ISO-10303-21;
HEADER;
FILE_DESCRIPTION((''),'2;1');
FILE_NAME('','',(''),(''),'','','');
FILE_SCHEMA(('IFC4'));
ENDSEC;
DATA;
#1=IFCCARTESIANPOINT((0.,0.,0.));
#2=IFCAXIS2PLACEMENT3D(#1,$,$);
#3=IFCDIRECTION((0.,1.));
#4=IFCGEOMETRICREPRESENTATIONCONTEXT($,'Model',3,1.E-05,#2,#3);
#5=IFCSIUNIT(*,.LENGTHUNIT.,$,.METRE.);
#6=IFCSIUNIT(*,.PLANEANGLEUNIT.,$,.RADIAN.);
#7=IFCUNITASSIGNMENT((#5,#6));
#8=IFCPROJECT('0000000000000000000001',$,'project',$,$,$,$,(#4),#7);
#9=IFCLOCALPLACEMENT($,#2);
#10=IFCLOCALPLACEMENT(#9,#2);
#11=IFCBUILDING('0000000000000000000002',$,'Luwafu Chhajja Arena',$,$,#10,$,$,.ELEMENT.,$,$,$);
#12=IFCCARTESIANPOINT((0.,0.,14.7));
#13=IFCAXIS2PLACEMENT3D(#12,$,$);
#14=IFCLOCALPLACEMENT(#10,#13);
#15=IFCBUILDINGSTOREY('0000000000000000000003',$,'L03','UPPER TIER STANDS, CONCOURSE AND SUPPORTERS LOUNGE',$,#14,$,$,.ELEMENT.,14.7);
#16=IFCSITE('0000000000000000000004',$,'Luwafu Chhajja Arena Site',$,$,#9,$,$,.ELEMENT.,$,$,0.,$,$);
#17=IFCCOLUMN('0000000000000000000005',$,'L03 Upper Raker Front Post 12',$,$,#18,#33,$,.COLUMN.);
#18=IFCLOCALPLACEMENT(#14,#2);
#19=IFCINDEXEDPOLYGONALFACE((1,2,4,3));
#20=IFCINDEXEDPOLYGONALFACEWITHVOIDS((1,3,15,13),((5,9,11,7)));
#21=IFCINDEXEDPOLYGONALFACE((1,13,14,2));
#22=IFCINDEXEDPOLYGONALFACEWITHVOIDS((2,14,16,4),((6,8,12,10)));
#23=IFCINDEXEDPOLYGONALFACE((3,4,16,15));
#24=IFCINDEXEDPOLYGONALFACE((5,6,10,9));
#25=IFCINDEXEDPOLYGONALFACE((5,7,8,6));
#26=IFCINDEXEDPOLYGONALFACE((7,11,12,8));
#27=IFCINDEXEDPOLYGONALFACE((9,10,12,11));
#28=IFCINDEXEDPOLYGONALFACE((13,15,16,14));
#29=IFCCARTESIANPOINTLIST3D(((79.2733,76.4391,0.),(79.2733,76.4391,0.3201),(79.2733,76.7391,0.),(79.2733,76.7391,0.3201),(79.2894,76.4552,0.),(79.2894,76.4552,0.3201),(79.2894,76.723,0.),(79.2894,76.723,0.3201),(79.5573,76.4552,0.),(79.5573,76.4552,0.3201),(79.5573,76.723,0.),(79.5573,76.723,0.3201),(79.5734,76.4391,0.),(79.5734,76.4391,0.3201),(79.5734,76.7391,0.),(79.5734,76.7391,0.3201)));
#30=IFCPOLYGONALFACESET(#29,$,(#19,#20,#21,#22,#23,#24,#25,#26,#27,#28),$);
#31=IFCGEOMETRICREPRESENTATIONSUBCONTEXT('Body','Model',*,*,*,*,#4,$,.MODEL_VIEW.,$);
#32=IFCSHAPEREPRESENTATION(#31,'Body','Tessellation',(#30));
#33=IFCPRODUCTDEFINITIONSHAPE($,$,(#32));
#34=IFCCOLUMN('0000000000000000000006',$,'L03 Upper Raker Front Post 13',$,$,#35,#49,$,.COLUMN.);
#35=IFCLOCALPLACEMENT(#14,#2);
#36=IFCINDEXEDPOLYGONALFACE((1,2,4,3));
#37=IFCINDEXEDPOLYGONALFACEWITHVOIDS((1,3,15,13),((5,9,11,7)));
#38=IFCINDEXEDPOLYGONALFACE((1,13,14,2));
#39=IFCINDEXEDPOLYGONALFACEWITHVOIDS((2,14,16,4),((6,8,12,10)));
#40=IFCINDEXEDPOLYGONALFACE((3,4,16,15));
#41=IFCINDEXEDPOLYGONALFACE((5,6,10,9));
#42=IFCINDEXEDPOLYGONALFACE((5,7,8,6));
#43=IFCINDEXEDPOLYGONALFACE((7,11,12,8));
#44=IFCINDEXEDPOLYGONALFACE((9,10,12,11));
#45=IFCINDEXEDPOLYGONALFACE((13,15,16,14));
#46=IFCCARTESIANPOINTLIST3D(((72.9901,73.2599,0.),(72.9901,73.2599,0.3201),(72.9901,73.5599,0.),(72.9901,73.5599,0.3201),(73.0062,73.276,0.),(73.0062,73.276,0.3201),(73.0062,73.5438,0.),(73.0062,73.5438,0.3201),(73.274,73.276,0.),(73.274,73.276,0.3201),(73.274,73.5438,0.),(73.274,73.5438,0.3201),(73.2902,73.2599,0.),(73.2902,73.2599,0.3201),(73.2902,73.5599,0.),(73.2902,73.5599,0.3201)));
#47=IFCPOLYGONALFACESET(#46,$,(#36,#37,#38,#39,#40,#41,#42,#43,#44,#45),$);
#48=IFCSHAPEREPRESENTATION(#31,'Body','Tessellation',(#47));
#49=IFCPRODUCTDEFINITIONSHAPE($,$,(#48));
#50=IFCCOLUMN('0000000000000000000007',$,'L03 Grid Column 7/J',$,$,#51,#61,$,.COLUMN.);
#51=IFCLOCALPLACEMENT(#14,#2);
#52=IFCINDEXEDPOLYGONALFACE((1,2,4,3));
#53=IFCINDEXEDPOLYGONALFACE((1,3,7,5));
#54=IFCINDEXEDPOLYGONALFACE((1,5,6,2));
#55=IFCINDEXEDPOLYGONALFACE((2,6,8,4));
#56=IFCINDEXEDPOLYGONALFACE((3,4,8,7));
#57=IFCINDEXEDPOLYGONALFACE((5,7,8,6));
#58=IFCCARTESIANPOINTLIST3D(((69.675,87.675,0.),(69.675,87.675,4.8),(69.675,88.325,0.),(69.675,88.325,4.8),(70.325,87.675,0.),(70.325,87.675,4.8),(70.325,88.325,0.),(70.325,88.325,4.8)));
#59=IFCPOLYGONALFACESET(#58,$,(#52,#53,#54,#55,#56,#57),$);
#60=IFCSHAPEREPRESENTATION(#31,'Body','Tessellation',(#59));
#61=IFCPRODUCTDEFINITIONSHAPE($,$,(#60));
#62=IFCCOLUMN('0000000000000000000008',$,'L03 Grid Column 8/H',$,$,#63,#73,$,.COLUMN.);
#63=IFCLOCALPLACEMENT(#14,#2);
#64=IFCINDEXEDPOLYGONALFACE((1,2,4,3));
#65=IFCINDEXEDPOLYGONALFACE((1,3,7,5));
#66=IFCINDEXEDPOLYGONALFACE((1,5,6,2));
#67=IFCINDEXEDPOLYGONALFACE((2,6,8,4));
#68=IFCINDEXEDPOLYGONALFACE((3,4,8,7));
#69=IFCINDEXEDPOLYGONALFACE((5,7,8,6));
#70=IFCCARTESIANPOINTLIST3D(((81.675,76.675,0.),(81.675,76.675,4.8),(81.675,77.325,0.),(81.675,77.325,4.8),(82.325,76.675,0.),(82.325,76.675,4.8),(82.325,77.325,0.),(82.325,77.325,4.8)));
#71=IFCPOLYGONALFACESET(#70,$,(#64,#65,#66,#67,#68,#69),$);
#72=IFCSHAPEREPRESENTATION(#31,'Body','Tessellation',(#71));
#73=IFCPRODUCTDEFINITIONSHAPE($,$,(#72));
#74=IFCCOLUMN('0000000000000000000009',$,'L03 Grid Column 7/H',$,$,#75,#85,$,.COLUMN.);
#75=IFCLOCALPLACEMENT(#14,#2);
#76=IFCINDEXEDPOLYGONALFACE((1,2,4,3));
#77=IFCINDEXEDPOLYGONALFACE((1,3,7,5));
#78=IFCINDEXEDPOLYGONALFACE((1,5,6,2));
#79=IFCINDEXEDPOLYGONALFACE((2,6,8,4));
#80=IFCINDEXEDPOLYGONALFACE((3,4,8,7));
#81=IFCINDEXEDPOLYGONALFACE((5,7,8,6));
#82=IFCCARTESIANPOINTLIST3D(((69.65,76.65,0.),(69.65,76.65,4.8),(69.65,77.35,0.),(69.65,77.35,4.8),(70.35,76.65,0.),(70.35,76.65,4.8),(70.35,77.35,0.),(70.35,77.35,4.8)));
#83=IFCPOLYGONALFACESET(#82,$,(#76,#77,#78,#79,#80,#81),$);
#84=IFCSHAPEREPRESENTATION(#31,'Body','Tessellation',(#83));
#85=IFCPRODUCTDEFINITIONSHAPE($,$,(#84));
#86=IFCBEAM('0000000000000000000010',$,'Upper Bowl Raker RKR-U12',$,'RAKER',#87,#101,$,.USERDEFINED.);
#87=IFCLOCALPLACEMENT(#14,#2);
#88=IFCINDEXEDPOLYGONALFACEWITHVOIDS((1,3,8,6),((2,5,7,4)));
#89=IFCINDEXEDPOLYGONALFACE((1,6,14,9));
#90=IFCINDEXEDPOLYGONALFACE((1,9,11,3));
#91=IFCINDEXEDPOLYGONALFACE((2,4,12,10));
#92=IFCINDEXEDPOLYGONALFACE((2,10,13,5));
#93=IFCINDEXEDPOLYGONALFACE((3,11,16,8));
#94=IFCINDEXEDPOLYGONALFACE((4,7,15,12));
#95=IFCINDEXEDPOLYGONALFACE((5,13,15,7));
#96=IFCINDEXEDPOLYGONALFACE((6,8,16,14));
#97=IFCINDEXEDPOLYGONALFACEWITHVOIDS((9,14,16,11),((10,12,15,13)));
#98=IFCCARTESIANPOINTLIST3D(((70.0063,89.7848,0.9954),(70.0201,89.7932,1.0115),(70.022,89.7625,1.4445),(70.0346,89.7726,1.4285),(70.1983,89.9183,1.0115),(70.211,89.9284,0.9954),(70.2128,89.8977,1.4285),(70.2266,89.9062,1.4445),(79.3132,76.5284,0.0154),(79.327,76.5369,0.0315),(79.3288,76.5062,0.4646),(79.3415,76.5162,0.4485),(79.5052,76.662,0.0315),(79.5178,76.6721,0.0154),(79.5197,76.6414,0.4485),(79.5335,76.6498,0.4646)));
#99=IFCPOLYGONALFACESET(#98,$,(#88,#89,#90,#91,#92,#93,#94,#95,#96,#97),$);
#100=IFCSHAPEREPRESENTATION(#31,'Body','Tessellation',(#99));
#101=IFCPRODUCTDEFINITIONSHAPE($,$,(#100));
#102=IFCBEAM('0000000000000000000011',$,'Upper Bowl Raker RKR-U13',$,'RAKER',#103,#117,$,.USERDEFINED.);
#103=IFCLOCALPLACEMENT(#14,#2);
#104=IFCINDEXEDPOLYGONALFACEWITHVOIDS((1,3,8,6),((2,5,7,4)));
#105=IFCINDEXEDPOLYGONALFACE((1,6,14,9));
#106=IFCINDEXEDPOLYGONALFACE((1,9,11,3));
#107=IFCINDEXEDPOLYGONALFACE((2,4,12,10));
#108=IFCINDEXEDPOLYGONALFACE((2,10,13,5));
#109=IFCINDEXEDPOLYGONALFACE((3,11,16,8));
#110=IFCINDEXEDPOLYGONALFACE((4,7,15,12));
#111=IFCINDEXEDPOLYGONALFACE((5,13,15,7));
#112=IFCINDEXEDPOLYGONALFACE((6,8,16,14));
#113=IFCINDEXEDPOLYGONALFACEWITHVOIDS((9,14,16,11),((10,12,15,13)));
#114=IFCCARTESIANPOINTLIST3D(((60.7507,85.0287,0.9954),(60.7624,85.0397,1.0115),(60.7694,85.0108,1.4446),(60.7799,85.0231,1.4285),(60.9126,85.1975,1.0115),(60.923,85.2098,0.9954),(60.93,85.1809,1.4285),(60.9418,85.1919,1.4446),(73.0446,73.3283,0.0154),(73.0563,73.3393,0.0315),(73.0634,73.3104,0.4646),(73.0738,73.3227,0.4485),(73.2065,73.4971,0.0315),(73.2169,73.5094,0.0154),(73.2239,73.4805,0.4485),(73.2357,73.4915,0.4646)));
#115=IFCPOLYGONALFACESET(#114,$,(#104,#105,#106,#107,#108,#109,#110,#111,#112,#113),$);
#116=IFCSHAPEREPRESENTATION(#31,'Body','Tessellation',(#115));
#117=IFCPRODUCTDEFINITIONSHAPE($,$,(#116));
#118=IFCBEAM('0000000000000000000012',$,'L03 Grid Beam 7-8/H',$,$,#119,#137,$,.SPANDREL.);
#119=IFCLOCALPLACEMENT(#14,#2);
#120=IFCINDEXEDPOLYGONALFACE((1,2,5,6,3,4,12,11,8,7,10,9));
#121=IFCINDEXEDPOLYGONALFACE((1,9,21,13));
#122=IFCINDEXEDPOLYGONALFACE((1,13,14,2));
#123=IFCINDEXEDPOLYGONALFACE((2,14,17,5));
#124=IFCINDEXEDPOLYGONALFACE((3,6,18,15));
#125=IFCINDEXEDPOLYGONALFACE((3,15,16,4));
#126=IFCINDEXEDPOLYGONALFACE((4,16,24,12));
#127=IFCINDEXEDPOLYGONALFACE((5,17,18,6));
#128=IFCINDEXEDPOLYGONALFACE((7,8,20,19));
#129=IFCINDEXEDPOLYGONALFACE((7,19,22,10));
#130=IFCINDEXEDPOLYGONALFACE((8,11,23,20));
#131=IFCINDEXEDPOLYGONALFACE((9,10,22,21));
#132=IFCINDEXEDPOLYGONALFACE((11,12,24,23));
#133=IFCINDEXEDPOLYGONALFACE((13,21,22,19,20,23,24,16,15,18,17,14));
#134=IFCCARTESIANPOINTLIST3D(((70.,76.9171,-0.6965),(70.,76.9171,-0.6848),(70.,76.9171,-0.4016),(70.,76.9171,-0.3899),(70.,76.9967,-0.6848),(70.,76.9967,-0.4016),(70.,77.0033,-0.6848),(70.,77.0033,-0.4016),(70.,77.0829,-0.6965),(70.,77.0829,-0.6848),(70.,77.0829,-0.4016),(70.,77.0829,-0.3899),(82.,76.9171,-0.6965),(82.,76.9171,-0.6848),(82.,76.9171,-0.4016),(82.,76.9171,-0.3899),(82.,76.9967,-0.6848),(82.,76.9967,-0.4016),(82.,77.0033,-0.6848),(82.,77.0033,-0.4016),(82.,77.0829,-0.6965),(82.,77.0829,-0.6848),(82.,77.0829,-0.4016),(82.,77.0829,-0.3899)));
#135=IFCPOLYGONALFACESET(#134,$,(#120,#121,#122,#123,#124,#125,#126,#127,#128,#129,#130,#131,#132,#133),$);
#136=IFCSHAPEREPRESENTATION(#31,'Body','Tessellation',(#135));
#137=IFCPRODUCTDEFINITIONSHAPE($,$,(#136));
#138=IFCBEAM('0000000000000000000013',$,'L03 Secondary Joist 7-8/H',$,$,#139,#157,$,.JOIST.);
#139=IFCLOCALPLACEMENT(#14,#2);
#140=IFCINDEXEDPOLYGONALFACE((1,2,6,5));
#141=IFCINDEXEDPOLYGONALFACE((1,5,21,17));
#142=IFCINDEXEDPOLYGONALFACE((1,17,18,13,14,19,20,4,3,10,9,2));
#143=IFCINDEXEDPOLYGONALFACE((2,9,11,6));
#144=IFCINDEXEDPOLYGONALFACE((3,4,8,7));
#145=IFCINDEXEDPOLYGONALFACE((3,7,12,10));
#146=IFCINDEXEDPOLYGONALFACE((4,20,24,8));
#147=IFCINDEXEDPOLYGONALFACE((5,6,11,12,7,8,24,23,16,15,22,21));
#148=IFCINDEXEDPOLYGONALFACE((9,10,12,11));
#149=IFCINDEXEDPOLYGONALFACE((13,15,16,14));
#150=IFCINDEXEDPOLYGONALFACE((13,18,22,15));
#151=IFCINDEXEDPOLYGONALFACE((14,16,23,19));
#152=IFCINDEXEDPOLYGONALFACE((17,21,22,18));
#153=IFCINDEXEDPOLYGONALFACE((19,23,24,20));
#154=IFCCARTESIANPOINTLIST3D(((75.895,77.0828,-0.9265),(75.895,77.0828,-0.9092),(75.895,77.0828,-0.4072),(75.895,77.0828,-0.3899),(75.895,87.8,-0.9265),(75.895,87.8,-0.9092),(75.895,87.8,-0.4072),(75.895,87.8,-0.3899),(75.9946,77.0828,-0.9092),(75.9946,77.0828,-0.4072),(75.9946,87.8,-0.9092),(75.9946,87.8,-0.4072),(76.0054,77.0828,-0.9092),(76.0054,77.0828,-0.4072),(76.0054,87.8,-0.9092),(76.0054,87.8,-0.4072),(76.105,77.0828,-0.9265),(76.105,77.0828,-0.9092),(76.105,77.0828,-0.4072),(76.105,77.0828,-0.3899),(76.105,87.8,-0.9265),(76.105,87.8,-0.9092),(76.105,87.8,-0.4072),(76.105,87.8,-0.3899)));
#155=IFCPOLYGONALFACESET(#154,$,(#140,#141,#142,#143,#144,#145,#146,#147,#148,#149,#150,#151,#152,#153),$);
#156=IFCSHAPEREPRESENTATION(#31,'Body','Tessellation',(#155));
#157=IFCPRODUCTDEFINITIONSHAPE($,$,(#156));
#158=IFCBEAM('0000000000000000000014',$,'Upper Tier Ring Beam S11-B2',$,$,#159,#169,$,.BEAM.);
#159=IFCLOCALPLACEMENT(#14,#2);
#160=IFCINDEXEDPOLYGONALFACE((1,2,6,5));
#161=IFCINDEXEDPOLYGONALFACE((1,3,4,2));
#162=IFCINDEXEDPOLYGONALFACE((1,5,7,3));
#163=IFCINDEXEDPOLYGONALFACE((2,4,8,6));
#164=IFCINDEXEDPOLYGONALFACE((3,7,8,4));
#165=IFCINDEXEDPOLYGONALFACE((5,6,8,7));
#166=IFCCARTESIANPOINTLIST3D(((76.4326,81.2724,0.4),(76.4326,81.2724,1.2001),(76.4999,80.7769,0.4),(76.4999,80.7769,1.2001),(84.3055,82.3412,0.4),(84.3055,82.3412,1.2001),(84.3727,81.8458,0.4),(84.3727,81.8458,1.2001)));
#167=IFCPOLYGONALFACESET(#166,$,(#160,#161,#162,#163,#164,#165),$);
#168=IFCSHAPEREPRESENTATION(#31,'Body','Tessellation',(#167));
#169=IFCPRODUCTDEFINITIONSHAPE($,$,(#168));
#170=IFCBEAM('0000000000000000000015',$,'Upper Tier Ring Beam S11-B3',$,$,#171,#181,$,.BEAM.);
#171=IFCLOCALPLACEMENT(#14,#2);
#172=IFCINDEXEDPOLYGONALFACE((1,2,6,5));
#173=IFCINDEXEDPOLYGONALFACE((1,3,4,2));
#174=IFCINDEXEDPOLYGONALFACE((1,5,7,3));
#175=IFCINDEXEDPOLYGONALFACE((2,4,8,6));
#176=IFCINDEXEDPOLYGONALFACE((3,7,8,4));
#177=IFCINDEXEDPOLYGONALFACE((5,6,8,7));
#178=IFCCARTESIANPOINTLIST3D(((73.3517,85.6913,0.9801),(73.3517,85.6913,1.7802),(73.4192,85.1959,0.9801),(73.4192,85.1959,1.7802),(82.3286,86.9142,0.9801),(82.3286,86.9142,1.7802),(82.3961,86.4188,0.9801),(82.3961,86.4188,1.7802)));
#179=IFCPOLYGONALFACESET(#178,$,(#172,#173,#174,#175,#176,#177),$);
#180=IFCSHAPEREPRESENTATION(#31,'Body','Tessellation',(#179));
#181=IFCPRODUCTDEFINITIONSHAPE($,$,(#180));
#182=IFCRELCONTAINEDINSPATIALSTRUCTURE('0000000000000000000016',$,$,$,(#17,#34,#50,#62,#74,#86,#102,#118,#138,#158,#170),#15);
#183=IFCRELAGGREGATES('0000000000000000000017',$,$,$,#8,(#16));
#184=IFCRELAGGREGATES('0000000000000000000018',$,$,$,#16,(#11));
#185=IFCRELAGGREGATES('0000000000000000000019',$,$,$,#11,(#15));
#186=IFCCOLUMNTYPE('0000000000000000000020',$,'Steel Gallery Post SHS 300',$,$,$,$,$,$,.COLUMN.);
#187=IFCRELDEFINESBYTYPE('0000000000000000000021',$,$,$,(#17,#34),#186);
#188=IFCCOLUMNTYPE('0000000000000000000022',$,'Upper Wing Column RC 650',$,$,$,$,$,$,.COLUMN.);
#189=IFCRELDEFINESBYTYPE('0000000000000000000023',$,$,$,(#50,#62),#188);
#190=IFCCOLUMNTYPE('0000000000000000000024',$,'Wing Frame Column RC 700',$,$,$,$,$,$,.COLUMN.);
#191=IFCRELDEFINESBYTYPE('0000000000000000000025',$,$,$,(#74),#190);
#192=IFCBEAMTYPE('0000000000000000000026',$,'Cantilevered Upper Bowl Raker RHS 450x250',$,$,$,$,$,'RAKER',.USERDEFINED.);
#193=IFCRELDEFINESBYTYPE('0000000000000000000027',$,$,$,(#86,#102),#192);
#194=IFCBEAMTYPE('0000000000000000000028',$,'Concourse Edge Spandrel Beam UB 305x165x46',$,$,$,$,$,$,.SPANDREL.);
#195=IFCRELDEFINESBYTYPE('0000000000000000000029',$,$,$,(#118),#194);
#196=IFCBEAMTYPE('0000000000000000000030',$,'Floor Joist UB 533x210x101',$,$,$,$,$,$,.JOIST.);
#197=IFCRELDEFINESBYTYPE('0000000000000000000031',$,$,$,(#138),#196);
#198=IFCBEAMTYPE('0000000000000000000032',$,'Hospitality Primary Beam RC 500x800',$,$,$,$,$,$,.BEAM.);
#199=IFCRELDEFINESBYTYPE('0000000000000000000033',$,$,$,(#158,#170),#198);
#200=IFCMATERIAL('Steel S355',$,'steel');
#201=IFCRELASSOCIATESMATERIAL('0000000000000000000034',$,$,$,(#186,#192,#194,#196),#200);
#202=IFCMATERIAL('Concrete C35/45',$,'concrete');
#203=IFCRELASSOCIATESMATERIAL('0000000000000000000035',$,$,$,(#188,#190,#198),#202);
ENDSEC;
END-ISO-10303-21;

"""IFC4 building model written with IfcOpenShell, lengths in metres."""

from ifc_helpers import new_model, si_unit, direction, frame, origin, origin_2d, place, context, subcontext, project, spatial, rectangle, hollow_rectangle, i_section, extrude, material, material_profile, profile_set, type_object, element, save


model = new_model("IFC4")

# Units and contexts
model_context = context("Model", 3, precision=1e-05, world=origin(), true_north=direction((0.0, 1.0)))
body_context = subcontext(model_context, "Body", "Model", "MODEL_VIEW")
ifc_project = project(units=[si_unit("LENGTHUNIT", "METRE"), si_unit("PLANEANGLEUNIT", "RADIAN")], contexts=[model_context])

# Site, building, storey
site_placement = place(None, origin())
site = spatial("IfcSite", under=ifc_project, at=site_placement, Name="Luwafu Chhajja Arena Site", CompositionType="ELEMENT", RefElevation=0.0)
building_placement = place(site_placement, origin())
building = spatial("IfcBuilding", under=site, at=building_placement, Name="Luwafu Chhajja Arena", CompositionType="ELEMENT")
storey_placement = place(building_placement, frame((0.0, 0.0, 14.7)))
storey = spatial("IfcBuildingStorey", under=building, at=storey_placement, Name="L03", Description="UPPER TIER STANDS, CONCOURSE AND SUPPORTERS LOUNGE", CompositionType="ELEMENT", Elevation=14.7)

# Columns
ifc_material_1 = material(Name="Steel S355", Category="steel")
ifc_material_profile_1 = material_profile(ifc_material_1, hollow_rectangle(XDim=0.3, YDim=0.3, WallThickness=0.0161, at=origin_2d()), Name="SHS 300x300x16")
ifc_profile_set_1 = profile_set([ifc_material_profile_1], Name="Steel S355")
column_type_1 = type_object("IfcColumnType", Name="Steel Gallery Post SHS 300", PredefinedType="COLUMN", material=ifc_profile_set_1)
for number, where, z_axis, x_axis, name in (
    (1, (79.4233, 76.5891, 0.0), (0.0, 0.0, 1.0), (1.0, 0.0, 0.0), "L03 Upper Raker Front Post 12"),
    (2, (73.1401, 73.4099, 0.0), (0.0, 0.0, 1.0), (1.0, 0.0, 0.0), "L03 Upper Raker Front Post 13"),
):
    element("IfcColumn", number, at=place(storey_placement, frame(where, z_axis=z_axis, x_axis=x_axis)), inside=storey, type_object=column_type_1, Name=name, PredefinedType="COLUMN", context=body_context, shape_type="SweptSolid", body=[
        extrude(hollow_rectangle(XDim=0.3, YDim=0.3, WallThickness=0.0161, at=origin_2d()), origin(), (0.0, 0.0, 1.0), 0.3201),
    ])
ifc_material_2 = material(Name="Concrete C35/45", Category="concrete")
ifc_material_profile_2 = material_profile(ifc_material_2, rectangle(XDim=0.6499, YDim=0.6499, at=origin_2d()), Name="RC 650x650")
ifc_profile_set_2 = profile_set([ifc_material_profile_2], Name="Concrete C35/45")
column_type_2 = type_object("IfcColumnType", Name="Upper Wing Column RC 650", PredefinedType="COLUMN", material=ifc_profile_set_2)
for number, where, z_axis, x_axis, name in (
    (3, (70.0, 88.0, 0.0), (0.0, 0.0, 1.0), (1.0, 0.0, 0.0), "L03 Grid Column 7/J"),
    (4, (82.0, 77.0, 0.0), (0.0, 0.0, 1.0), (1.0, 0.0, 0.0), "L03 Grid Column 8/H"),
):
    element("IfcColumn", number, at=place(storey_placement, frame(where, z_axis=z_axis, x_axis=x_axis)), inside=storey, type_object=column_type_2, Name=name, PredefinedType="COLUMN", context=body_context, shape_type="SweptSolid", body=[
        extrude(rectangle(XDim=0.6499, YDim=0.6499, at=origin_2d()), origin(), (0.0, 0.0, 1.0), 4.8),
    ])
ifc_material_profile_3 = material_profile(ifc_material_2, rectangle(XDim=0.7, YDim=0.7, at=origin_2d()), Name="RC 700x700")
ifc_profile_set_3 = profile_set([ifc_material_profile_3], Name="Concrete C35/45")
column_type_3 = type_object("IfcColumnType", Name="Wing Frame Column RC 700", PredefinedType="COLUMN", material=ifc_profile_set_3)
column_placement = place(storey_placement, frame((70.0, 77.0, 0.0), z_axis=(0.0, 0.0, 1.0), x_axis=(1.0, 0.0, 0.0)))
element("IfcColumn", 5, at=column_placement, inside=storey, type_object=column_type_3, Name="L03 Grid Column 7/H", PredefinedType="COLUMN", context=body_context, shape_type="SweptSolid", body=[
    extrude(rectangle(XDim=0.7, YDim=0.7, at=origin_2d()), origin(), (0.0, 0.0, 1.0), 4.8),
])

# Beams
ifc_material_profile_4 = material_profile(ifc_material_1, hollow_rectangle(XDim=0.25, YDim=0.45, WallThickness=0.0161, at=origin_2d()), Name="RHS 450x250x16")
ifc_profile_set_4 = profile_set([ifc_material_profile_4], Name="Steel S355")
beam_type_1 = type_object("IfcBeamType", Name="Cantilevered Upper Bowl Raker RHS 450x250", ElementType="RAKER", PredefinedType="USERDEFINED", material=ifc_profile_set_4)
beam_1_placement = place(storey_placement, frame((79.4233, 76.5891, 0.24), z_axis=(-0.57355, 0.816941, 0.060393), x_axis=(-0.818435, -0.574599, 0.0)))
element("IfcBeam", 6, at=beam_1_placement, inside=storey, type_object=beam_type_1, Name="Upper Bowl Raker RKR-U12", ObjectType="RAKER", PredefinedType="USERDEFINED", context=body_context, shape_type="SweptSolid", body=[
    extrude(hollow_rectangle(XDim=0.25, YDim=0.45, WallThickness=0.0161, at=origin_2d()), origin(), (0.0, 0.0, 1.0), 16.2268),
])
beam_2_placement = place(storey_placement, frame((73.1401, 73.4099, 0.24), z_axis=(-0.723171, 0.688259, 0.057646), x_axis=(-0.689405, -0.724376, 0.0)))
element("IfcBeam", 7, at=beam_2_placement, inside=storey, type_object=beam_type_1, Name="Upper Bowl Raker RKR-U13", ObjectType="RAKER", PredefinedType="USERDEFINED", context=body_context, shape_type="SweptSolid", body=[
    extrude(hollow_rectangle(XDim=0.25, YDim=0.45, WallThickness=0.0161, at=origin_2d()), origin(), (0.0, 0.0, 1.0), 17.0),
])
ifc_material_profile_5 = material_profile(ifc_material_1, i_section(OverallWidth=0.1658, OverallDepth=0.3066, WebThickness=0.0066, FlangeThickness=0.0117, at=origin_2d()), Name="UB 305x165x46")
ifc_profile_set_5 = profile_set([ifc_material_profile_5], Name="Steel S355")
beam_type_2 = type_object("IfcBeamType", Name="Concourse Edge Spandrel Beam UB 305x165x46", PredefinedType="SPANDREL", material=ifc_profile_set_5)
beam_3_placement = place(storey_placement, frame((70.0, 77.0, -0.5432), z_axis=(1.0, 0.0, 0.0), x_axis=(0.0, 1.0, 0.0)))
element("IfcBeam", 8, at=beam_3_placement, inside=storey, type_object=beam_type_2, Name="L03 Grid Beam 7-8/H", PredefinedType="SPANDREL", context=body_context, shape_type="SweptSolid", body=[
    extrude(i_section(OverallWidth=0.1658, OverallDepth=0.3066, WebThickness=0.0066, FlangeThickness=0.0117, at=origin_2d()), origin(), (0.0, 0.0, 1.0), 12.0),
])
ifc_material_profile_6 = material_profile(ifc_material_1, i_section(OverallWidth=0.21, OverallDepth=0.5366, WebThickness=0.0107, FlangeThickness=0.0173, at=origin_2d()), Name="UB 533x210x101")
ifc_profile_set_6 = profile_set([ifc_material_profile_6], Name="Steel S355")
beam_type_3 = type_object("IfcBeamType", Name="Floor Joist UB 533x210x101", PredefinedType="JOIST", material=ifc_profile_set_6)
beam_4_placement = place(storey_placement, frame((76.0, 77.0828, -0.6582), z_axis=(0.0, 1.0, 0.0), x_axis=(-1.0, 0.0, 0.0)))
element("IfcBeam", 9, at=beam_4_placement, inside=storey, type_object=beam_type_3, Name="L03 Secondary Joist 7-8/H", PredefinedType="JOIST", context=body_context, shape_type="SweptSolid", body=[
    extrude(i_section(OverallWidth=0.21, OverallDepth=0.5366, WebThickness=0.0107, FlangeThickness=0.0173, at=origin_2d()), origin(), (0.0, 0.0, 1.0), 10.7173),
])
ifc_material_profile_7 = material_profile(ifc_material_2, rectangle(XDim=0.5, YDim=0.8, at=origin_2d()), Name="RC 500x800")
ifc_profile_set_7 = profile_set([ifc_material_profile_7], Name="Concrete C35/45")
beam_type_4 = type_object("IfcBeamType", Name="Hospitality Primary Beam RC 500x800", PredefinedType="BEAM", material=ifc_profile_set_7)
beam_5_placement = place(storey_placement, frame((84.3391, 82.0935, 0.8), z_axis=(-0.990909, -0.13453, 0.0), x_axis=(0.13453, -0.990909, 0.0)))
element("IfcBeam", 10, at=beam_5_placement, inside=storey, type_object=beam_type_4, Name="Upper Tier Ring Beam S11-B2", PredefinedType="BEAM", context=body_context, shape_type="SweptSolid", body=[
    extrude(rectangle(XDim=0.5, YDim=0.8, at=origin_2d()), origin(), (0.0, 0.0, 1.0), 7.9451),
])
beam_6_placement = place(storey_placement, frame((82.3623, 86.6665, 1.3801), z_axis=(-0.990848, -0.134982, 0.0), x_axis=(0.134982, -0.990848, 0.0)))
element("IfcBeam", 11, at=beam_6_placement, inside=storey, type_object=beam_type_4, Name="Upper Tier Ring Beam S11-B3", PredefinedType="BEAM", context=body_context, shape_type="SweptSolid", body=[
    extrude(rectangle(XDim=0.5, YDim=0.8, at=origin_2d()), origin(), (0.0, 0.0, 1.0), 9.0598),
])

save(model, "model.ifc")
